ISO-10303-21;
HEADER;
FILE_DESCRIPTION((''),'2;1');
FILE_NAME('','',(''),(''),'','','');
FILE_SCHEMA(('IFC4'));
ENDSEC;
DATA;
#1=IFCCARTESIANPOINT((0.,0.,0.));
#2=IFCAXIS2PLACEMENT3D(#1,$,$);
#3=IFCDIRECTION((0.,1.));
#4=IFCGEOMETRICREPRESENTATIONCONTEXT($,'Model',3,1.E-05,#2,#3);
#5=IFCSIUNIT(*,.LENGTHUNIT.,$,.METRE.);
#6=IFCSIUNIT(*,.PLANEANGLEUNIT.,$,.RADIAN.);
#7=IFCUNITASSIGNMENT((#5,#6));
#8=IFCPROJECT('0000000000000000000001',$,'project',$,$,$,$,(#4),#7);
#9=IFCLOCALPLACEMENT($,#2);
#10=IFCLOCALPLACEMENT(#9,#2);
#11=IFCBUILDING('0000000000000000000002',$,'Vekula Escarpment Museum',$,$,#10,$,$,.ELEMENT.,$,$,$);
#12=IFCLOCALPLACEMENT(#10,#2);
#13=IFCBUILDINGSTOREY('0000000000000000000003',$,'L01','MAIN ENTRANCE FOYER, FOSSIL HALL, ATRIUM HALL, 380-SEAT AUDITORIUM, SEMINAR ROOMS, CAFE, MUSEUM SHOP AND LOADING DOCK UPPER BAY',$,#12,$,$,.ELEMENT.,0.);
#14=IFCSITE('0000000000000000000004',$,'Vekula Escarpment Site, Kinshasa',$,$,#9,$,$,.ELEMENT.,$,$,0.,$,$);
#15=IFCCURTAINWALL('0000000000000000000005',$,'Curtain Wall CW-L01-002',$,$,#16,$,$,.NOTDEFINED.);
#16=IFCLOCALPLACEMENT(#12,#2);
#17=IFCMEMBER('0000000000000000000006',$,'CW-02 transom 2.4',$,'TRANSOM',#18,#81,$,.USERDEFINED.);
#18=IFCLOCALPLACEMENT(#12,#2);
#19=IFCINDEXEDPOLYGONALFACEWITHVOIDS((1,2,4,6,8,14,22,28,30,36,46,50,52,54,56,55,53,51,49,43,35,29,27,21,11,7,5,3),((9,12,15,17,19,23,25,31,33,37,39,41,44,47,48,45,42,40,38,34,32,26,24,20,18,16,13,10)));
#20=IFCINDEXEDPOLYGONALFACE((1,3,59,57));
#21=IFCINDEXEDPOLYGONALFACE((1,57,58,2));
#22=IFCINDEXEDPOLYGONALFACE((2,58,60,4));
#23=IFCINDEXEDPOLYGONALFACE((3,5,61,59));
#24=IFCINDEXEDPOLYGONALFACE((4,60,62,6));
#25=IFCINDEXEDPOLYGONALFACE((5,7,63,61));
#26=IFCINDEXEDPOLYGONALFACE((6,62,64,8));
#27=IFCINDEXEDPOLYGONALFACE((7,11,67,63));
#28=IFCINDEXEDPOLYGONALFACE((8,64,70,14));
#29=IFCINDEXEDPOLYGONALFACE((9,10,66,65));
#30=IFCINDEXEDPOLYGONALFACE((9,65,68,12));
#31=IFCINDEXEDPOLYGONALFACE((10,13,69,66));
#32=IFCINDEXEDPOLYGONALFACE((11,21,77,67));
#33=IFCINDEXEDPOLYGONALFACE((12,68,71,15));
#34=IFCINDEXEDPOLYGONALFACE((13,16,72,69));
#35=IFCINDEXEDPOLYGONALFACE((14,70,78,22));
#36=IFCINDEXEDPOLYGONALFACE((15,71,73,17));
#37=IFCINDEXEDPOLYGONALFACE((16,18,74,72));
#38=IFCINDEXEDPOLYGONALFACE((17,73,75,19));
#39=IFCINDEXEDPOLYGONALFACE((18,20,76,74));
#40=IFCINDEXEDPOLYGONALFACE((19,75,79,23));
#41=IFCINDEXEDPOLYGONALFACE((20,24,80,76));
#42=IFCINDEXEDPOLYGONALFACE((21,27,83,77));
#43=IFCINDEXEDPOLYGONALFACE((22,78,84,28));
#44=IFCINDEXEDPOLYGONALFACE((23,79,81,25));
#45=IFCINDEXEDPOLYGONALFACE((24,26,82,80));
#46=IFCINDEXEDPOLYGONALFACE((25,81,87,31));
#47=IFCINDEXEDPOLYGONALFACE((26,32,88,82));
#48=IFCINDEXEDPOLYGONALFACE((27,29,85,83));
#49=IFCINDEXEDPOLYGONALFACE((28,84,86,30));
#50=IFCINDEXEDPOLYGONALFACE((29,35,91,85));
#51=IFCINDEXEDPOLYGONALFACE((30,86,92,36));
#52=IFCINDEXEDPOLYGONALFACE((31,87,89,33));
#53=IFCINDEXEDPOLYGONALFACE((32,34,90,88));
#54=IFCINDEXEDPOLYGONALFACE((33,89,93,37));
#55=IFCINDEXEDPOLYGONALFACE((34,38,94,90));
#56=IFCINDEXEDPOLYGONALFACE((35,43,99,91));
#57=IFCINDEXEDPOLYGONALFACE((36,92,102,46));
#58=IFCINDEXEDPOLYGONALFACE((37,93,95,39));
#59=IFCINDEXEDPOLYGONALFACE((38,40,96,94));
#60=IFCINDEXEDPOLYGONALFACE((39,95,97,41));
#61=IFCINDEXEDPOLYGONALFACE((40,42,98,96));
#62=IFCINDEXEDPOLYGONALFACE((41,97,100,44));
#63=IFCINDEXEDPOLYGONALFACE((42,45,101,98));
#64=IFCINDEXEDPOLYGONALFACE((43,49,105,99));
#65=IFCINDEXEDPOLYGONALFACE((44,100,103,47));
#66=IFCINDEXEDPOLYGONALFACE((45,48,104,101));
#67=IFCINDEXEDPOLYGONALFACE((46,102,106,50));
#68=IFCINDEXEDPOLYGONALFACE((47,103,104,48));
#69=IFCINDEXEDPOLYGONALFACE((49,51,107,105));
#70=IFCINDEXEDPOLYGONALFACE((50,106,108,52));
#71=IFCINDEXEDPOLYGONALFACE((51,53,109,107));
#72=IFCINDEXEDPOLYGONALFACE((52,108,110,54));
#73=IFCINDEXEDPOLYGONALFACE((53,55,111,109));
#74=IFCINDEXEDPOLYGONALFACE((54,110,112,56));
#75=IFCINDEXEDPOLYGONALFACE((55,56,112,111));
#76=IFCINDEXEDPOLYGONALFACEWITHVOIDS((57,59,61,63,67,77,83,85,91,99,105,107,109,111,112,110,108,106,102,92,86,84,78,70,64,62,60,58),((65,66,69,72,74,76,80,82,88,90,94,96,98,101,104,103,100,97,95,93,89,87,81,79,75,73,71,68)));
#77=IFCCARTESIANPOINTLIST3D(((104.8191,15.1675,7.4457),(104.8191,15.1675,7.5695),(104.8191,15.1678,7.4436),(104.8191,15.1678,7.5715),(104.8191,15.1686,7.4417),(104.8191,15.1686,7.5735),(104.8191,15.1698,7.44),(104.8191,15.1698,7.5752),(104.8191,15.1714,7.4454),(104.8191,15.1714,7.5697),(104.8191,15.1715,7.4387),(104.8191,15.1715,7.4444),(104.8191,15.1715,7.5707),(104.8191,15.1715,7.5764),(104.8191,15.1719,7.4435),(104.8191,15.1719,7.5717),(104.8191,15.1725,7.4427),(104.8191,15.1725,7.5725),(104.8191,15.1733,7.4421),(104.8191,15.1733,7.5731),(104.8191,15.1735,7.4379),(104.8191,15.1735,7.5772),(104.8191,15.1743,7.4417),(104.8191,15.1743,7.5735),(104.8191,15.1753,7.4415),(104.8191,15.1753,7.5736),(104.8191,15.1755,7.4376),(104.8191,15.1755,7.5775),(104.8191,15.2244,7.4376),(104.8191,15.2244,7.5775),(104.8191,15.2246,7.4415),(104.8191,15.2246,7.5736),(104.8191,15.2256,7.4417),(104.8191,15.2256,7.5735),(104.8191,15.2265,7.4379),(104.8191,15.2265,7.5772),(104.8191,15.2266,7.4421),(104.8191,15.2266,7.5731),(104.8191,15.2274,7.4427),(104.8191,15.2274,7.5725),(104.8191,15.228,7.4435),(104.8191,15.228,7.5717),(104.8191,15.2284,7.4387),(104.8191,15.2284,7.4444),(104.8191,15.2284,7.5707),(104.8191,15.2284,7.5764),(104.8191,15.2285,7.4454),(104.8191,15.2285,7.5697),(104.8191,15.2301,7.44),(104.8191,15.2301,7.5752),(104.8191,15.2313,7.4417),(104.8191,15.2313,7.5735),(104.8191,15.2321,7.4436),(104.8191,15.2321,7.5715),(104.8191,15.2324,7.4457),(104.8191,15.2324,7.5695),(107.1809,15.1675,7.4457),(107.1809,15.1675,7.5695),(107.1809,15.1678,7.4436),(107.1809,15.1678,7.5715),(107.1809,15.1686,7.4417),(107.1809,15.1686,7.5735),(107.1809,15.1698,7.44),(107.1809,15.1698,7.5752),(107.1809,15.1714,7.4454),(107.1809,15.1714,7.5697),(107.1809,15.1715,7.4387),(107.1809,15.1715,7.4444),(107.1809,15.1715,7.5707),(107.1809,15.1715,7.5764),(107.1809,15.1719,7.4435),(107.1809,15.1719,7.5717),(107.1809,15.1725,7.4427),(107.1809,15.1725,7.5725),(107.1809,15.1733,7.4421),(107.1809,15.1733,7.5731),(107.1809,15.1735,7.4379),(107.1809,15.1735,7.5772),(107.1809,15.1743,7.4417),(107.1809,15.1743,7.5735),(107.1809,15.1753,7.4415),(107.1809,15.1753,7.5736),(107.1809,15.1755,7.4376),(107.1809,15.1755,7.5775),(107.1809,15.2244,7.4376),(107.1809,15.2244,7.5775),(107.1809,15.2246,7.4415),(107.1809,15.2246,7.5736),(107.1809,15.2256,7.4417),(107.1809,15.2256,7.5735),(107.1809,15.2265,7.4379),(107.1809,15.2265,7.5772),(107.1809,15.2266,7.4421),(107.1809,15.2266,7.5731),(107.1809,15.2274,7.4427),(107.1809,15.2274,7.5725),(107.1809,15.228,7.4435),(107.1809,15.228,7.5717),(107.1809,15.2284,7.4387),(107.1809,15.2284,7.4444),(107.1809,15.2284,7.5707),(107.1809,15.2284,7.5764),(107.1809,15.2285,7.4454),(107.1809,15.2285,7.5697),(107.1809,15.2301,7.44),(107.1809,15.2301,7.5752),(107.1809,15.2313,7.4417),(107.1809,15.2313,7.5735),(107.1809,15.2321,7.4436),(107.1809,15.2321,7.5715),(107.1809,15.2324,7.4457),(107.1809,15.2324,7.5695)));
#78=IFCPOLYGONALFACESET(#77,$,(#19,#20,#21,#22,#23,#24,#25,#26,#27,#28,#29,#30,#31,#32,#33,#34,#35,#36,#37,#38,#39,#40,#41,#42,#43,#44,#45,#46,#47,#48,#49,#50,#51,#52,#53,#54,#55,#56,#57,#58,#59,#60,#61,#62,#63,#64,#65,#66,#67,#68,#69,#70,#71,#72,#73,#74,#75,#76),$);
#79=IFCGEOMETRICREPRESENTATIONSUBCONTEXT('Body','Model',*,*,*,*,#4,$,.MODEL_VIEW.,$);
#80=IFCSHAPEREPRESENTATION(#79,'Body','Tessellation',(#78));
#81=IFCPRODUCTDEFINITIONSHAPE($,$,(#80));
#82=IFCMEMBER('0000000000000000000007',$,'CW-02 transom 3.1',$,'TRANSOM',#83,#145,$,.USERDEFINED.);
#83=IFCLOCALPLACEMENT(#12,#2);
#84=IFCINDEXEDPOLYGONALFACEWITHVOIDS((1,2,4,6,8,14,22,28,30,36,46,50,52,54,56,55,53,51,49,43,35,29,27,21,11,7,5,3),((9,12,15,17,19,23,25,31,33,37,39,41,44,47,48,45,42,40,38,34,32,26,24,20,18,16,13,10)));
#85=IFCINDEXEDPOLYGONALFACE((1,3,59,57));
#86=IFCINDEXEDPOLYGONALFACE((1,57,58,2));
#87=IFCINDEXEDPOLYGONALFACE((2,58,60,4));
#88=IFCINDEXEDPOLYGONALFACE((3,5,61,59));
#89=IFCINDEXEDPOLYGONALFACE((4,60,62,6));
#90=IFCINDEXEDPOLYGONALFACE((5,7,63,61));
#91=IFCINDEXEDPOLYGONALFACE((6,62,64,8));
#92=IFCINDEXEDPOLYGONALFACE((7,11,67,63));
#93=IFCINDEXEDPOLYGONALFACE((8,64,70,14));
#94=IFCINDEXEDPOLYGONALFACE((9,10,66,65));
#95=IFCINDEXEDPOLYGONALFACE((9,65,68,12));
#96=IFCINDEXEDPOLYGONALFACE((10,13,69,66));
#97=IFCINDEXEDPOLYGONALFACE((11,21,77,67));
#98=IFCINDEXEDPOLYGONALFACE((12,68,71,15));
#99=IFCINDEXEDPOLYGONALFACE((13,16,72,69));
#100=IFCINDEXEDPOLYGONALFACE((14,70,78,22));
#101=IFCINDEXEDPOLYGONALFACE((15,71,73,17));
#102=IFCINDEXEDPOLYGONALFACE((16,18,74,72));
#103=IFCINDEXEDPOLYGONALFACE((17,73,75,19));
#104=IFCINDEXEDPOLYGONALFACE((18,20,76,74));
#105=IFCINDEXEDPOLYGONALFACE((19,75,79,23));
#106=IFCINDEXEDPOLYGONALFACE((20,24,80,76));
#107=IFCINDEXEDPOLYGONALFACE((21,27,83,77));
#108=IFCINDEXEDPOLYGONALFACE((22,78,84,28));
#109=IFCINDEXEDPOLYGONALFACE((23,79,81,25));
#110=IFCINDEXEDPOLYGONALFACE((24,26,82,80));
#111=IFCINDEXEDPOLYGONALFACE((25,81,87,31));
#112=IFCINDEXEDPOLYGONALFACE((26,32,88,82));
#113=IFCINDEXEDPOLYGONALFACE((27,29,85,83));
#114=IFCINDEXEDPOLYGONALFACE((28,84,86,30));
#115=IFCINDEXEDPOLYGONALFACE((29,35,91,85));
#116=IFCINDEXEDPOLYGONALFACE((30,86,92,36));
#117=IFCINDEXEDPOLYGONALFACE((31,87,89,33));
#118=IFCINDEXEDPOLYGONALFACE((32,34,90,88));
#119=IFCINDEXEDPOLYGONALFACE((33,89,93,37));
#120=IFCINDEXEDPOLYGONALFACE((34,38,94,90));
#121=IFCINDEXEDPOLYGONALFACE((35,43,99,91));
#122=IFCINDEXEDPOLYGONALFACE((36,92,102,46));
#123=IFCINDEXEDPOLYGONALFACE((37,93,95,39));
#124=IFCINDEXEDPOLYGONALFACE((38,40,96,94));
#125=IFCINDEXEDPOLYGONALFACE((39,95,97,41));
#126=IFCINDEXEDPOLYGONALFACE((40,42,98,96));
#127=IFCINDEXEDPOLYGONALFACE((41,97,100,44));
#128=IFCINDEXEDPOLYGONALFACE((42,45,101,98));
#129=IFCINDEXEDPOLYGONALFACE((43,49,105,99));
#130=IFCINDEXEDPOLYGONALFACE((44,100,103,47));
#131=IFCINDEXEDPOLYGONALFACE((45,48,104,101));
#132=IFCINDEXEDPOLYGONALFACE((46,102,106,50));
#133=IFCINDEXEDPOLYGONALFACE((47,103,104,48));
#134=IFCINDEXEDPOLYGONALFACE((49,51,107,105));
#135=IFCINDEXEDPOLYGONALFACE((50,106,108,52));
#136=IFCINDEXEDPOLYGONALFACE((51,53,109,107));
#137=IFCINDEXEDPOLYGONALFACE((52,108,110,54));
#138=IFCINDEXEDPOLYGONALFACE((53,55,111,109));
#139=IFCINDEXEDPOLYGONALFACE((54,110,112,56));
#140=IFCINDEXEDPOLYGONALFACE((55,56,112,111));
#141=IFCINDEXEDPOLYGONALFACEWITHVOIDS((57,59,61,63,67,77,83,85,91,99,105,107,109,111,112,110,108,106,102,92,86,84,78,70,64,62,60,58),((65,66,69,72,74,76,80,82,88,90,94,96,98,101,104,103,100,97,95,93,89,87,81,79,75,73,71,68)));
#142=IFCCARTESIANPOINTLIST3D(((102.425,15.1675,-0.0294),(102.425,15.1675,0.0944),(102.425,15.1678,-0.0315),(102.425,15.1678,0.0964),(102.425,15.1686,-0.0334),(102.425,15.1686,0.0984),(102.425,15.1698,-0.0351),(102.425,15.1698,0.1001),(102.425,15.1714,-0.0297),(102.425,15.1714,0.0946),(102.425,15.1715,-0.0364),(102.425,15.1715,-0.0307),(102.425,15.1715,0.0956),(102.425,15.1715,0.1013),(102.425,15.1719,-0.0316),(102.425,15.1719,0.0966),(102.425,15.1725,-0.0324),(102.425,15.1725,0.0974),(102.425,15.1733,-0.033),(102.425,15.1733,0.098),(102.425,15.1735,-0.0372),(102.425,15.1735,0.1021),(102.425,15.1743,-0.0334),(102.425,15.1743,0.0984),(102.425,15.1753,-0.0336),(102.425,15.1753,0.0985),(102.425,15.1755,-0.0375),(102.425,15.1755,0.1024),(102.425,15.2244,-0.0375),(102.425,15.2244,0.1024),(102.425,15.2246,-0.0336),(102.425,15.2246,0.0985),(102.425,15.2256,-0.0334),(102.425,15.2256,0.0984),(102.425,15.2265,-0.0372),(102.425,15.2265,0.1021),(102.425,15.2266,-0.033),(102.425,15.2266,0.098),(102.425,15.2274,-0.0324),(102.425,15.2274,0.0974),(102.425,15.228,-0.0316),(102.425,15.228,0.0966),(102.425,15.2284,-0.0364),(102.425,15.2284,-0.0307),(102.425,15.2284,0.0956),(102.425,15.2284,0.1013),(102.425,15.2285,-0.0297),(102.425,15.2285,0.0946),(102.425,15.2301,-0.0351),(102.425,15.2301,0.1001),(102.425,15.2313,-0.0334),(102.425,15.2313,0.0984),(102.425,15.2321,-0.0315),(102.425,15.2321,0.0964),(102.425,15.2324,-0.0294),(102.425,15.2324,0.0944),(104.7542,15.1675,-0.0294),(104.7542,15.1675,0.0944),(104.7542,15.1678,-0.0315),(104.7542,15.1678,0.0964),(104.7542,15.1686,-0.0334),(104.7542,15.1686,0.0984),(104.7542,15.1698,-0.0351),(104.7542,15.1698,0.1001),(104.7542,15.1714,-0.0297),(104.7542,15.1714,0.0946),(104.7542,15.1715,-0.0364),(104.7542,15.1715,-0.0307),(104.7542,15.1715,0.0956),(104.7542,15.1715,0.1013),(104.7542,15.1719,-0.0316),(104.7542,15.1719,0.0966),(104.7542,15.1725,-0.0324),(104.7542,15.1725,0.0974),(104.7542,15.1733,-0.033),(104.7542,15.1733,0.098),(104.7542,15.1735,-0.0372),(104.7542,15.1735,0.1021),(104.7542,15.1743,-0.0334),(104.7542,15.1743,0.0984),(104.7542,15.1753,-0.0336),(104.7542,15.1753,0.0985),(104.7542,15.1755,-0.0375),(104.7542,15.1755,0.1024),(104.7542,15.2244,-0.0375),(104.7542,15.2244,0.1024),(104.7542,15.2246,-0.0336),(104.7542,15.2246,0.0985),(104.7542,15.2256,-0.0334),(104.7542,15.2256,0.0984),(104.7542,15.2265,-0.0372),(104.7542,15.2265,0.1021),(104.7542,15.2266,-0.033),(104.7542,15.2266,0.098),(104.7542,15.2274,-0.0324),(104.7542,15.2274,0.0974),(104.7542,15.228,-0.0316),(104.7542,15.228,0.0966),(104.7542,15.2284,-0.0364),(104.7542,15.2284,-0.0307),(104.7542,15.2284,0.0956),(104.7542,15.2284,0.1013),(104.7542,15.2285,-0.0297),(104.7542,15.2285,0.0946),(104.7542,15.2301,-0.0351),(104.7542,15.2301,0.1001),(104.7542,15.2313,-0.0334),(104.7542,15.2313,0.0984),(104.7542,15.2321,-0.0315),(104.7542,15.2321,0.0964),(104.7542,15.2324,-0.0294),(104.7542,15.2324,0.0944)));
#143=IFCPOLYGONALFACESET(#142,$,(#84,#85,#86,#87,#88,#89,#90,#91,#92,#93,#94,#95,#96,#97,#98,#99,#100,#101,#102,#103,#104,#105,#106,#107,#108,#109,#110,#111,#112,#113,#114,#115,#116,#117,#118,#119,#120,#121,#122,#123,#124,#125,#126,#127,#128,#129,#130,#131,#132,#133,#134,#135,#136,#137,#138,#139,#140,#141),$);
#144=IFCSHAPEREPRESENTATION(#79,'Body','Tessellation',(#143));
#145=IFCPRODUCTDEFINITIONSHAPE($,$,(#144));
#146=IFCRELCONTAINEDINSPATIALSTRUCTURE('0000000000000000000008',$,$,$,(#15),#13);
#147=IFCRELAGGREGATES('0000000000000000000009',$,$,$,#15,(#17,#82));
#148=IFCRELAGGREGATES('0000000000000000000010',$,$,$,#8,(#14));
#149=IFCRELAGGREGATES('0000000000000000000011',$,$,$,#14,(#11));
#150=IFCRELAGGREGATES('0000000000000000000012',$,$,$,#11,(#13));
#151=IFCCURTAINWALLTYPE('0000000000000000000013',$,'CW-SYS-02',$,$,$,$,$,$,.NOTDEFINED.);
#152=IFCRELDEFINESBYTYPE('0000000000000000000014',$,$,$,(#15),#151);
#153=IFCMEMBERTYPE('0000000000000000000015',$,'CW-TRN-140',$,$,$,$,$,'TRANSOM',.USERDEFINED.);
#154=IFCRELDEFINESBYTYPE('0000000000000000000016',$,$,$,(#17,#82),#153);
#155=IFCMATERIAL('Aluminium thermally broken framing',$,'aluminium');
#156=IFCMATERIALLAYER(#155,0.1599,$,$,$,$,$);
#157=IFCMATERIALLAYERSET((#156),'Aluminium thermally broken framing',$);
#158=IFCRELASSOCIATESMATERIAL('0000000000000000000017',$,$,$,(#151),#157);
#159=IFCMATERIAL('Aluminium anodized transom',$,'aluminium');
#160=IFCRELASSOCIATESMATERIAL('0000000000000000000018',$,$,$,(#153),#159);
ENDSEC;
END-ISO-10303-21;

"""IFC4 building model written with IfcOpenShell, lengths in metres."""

from ifc_helpers import new_model, si_unit, direction, frame, origin, origin_2d, place, context, subcontext, project, spatial, hollow_rectangle, extrude, material, layer, layer_set, material_profile, profile_set, type_object, element, aggregate, save


model = new_model("IFC4")

# Units and contexts
model_context = context("Model", 3, precision=1e-05, world=origin(), true_north=direction((0.0, 1.0)))
body_context = subcontext(model_context, "Body", "Model", "MODEL_VIEW")
ifc_project = project(units=[si_unit("LENGTHUNIT", "METRE"), si_unit("PLANEANGLEUNIT", "RADIAN")], contexts=[model_context])

# Site, building, storey
site_placement = place(None, origin())
site = spatial("IfcSite", under=ifc_project, at=site_placement, Name="Vekula Escarpment Site, Kinshasa", CompositionType="ELEMENT", RefElevation=0.0)
building_placement = place(site_placement, origin())
building = spatial("IfcBuilding", under=site, at=building_placement, Name="Vekula Escarpment Museum", CompositionType="ELEMENT")
storey_placement = place(building_placement, origin())
storey = spatial("IfcBuildingStorey", under=building, at=storey_placement, Name="L01", Description="MAIN ENTRANCE FOYER, FOSSIL HALL, ATRIUM HALL, 380-SEAT AUDITORIUM, SEMINAR ROOMS, CAFE, MUSEUM SHOP AND LOADING DOCK UPPER BAY", CompositionType="ELEMENT", Elevation=0.0)

# Curtain wall, members
ifc_material_1 = material(Name="Aluminium thermally broken framing", Category="aluminium")
ifc_layer_1 = layer(ifc_material_1, 0.1599)
ifc_layer_set_1 = layer_set([ifc_layer_1], Name="Aluminium thermally broken framing")
curtain_wall_type_1 = type_object("IfcCurtainWallType", Name="CW-SYS-02", PredefinedType="NOTDEFINED", material=ifc_layer_set_1)
curtain_wall_1_placement = place(storey_placement, origin())
curtain_wall_1 = element("IfcCurtainWall", 1, at=curtain_wall_1_placement, inside=storey, type_object=curtain_wall_type_1, Name="Curtain Wall CW-L01-002", PredefinedType="NOTDEFINED")
ifc_material_2 = material(Name="Aluminium anodized transom", Category="aluminium")
ifc_material_profile_1 = material_profile(ifc_material_2, hollow_rectangle(XDim=0.0649, YDim=0.1399, WallThickness=0.0039, InnerFilletRadius=0.0039, OuterFilletRadius=0.0081, at=origin_2d()), Name="ALU 140x65x4")
ifc_profile_set_1 = profile_set([ifc_material_profile_1], Name="Aluminium anodized transom")
member_type_1 = type_object("IfcMemberType", Name="CW-TRN-140", ElementType="TRANSOM", PredefinedType="USERDEFINED", material=ifc_profile_set_1)
member_1_placement = place(storey_placement, frame((107.1809, 15.2, 7.5076), z_axis=(-1.0, 0.0, 0.0), x_axis=(0.0, -1.0, 0.0)))
member_1 = element("IfcMember", 2, at=member_1_placement, type_object=member_type_1, Name="CW-02 transom 2.4", ObjectType="TRANSOM", PredefinedType="USERDEFINED", context=body_context, shape_type="SweptSolid", body=[
    extrude(hollow_rectangle(XDim=0.0649, YDim=0.1399, WallThickness=0.0039, InnerFilletRadius=0.0039, OuterFilletRadius=0.0081, at=origin_2d()), origin(), (0.0, 0.0, 1.0), 2.3618),
])
member_2_placement = place(storey_placement, frame((104.7542, 15.2, 0.0325), z_axis=(-1.0, 0.0, 0.0), x_axis=(0.0, -1.0, 0.0)))
member_2 = element("IfcMember", 3, at=member_2_placement, type_object=member_type_1, Name="CW-02 transom 3.1", ObjectType="TRANSOM", PredefinedType="USERDEFINED", context=body_context, shape_type="SweptSolid", body=[
    extrude(hollow_rectangle(XDim=0.0649, YDim=0.1399, WallThickness=0.0039, InnerFilletRadius=0.0039, OuterFilletRadius=0.0081, at=origin_2d()), origin(), (0.0, 0.0, 1.0), 2.3291),
])

aggregate(curtain_wall_1, [member_1, member_2])

save(model, "model.ifc")
